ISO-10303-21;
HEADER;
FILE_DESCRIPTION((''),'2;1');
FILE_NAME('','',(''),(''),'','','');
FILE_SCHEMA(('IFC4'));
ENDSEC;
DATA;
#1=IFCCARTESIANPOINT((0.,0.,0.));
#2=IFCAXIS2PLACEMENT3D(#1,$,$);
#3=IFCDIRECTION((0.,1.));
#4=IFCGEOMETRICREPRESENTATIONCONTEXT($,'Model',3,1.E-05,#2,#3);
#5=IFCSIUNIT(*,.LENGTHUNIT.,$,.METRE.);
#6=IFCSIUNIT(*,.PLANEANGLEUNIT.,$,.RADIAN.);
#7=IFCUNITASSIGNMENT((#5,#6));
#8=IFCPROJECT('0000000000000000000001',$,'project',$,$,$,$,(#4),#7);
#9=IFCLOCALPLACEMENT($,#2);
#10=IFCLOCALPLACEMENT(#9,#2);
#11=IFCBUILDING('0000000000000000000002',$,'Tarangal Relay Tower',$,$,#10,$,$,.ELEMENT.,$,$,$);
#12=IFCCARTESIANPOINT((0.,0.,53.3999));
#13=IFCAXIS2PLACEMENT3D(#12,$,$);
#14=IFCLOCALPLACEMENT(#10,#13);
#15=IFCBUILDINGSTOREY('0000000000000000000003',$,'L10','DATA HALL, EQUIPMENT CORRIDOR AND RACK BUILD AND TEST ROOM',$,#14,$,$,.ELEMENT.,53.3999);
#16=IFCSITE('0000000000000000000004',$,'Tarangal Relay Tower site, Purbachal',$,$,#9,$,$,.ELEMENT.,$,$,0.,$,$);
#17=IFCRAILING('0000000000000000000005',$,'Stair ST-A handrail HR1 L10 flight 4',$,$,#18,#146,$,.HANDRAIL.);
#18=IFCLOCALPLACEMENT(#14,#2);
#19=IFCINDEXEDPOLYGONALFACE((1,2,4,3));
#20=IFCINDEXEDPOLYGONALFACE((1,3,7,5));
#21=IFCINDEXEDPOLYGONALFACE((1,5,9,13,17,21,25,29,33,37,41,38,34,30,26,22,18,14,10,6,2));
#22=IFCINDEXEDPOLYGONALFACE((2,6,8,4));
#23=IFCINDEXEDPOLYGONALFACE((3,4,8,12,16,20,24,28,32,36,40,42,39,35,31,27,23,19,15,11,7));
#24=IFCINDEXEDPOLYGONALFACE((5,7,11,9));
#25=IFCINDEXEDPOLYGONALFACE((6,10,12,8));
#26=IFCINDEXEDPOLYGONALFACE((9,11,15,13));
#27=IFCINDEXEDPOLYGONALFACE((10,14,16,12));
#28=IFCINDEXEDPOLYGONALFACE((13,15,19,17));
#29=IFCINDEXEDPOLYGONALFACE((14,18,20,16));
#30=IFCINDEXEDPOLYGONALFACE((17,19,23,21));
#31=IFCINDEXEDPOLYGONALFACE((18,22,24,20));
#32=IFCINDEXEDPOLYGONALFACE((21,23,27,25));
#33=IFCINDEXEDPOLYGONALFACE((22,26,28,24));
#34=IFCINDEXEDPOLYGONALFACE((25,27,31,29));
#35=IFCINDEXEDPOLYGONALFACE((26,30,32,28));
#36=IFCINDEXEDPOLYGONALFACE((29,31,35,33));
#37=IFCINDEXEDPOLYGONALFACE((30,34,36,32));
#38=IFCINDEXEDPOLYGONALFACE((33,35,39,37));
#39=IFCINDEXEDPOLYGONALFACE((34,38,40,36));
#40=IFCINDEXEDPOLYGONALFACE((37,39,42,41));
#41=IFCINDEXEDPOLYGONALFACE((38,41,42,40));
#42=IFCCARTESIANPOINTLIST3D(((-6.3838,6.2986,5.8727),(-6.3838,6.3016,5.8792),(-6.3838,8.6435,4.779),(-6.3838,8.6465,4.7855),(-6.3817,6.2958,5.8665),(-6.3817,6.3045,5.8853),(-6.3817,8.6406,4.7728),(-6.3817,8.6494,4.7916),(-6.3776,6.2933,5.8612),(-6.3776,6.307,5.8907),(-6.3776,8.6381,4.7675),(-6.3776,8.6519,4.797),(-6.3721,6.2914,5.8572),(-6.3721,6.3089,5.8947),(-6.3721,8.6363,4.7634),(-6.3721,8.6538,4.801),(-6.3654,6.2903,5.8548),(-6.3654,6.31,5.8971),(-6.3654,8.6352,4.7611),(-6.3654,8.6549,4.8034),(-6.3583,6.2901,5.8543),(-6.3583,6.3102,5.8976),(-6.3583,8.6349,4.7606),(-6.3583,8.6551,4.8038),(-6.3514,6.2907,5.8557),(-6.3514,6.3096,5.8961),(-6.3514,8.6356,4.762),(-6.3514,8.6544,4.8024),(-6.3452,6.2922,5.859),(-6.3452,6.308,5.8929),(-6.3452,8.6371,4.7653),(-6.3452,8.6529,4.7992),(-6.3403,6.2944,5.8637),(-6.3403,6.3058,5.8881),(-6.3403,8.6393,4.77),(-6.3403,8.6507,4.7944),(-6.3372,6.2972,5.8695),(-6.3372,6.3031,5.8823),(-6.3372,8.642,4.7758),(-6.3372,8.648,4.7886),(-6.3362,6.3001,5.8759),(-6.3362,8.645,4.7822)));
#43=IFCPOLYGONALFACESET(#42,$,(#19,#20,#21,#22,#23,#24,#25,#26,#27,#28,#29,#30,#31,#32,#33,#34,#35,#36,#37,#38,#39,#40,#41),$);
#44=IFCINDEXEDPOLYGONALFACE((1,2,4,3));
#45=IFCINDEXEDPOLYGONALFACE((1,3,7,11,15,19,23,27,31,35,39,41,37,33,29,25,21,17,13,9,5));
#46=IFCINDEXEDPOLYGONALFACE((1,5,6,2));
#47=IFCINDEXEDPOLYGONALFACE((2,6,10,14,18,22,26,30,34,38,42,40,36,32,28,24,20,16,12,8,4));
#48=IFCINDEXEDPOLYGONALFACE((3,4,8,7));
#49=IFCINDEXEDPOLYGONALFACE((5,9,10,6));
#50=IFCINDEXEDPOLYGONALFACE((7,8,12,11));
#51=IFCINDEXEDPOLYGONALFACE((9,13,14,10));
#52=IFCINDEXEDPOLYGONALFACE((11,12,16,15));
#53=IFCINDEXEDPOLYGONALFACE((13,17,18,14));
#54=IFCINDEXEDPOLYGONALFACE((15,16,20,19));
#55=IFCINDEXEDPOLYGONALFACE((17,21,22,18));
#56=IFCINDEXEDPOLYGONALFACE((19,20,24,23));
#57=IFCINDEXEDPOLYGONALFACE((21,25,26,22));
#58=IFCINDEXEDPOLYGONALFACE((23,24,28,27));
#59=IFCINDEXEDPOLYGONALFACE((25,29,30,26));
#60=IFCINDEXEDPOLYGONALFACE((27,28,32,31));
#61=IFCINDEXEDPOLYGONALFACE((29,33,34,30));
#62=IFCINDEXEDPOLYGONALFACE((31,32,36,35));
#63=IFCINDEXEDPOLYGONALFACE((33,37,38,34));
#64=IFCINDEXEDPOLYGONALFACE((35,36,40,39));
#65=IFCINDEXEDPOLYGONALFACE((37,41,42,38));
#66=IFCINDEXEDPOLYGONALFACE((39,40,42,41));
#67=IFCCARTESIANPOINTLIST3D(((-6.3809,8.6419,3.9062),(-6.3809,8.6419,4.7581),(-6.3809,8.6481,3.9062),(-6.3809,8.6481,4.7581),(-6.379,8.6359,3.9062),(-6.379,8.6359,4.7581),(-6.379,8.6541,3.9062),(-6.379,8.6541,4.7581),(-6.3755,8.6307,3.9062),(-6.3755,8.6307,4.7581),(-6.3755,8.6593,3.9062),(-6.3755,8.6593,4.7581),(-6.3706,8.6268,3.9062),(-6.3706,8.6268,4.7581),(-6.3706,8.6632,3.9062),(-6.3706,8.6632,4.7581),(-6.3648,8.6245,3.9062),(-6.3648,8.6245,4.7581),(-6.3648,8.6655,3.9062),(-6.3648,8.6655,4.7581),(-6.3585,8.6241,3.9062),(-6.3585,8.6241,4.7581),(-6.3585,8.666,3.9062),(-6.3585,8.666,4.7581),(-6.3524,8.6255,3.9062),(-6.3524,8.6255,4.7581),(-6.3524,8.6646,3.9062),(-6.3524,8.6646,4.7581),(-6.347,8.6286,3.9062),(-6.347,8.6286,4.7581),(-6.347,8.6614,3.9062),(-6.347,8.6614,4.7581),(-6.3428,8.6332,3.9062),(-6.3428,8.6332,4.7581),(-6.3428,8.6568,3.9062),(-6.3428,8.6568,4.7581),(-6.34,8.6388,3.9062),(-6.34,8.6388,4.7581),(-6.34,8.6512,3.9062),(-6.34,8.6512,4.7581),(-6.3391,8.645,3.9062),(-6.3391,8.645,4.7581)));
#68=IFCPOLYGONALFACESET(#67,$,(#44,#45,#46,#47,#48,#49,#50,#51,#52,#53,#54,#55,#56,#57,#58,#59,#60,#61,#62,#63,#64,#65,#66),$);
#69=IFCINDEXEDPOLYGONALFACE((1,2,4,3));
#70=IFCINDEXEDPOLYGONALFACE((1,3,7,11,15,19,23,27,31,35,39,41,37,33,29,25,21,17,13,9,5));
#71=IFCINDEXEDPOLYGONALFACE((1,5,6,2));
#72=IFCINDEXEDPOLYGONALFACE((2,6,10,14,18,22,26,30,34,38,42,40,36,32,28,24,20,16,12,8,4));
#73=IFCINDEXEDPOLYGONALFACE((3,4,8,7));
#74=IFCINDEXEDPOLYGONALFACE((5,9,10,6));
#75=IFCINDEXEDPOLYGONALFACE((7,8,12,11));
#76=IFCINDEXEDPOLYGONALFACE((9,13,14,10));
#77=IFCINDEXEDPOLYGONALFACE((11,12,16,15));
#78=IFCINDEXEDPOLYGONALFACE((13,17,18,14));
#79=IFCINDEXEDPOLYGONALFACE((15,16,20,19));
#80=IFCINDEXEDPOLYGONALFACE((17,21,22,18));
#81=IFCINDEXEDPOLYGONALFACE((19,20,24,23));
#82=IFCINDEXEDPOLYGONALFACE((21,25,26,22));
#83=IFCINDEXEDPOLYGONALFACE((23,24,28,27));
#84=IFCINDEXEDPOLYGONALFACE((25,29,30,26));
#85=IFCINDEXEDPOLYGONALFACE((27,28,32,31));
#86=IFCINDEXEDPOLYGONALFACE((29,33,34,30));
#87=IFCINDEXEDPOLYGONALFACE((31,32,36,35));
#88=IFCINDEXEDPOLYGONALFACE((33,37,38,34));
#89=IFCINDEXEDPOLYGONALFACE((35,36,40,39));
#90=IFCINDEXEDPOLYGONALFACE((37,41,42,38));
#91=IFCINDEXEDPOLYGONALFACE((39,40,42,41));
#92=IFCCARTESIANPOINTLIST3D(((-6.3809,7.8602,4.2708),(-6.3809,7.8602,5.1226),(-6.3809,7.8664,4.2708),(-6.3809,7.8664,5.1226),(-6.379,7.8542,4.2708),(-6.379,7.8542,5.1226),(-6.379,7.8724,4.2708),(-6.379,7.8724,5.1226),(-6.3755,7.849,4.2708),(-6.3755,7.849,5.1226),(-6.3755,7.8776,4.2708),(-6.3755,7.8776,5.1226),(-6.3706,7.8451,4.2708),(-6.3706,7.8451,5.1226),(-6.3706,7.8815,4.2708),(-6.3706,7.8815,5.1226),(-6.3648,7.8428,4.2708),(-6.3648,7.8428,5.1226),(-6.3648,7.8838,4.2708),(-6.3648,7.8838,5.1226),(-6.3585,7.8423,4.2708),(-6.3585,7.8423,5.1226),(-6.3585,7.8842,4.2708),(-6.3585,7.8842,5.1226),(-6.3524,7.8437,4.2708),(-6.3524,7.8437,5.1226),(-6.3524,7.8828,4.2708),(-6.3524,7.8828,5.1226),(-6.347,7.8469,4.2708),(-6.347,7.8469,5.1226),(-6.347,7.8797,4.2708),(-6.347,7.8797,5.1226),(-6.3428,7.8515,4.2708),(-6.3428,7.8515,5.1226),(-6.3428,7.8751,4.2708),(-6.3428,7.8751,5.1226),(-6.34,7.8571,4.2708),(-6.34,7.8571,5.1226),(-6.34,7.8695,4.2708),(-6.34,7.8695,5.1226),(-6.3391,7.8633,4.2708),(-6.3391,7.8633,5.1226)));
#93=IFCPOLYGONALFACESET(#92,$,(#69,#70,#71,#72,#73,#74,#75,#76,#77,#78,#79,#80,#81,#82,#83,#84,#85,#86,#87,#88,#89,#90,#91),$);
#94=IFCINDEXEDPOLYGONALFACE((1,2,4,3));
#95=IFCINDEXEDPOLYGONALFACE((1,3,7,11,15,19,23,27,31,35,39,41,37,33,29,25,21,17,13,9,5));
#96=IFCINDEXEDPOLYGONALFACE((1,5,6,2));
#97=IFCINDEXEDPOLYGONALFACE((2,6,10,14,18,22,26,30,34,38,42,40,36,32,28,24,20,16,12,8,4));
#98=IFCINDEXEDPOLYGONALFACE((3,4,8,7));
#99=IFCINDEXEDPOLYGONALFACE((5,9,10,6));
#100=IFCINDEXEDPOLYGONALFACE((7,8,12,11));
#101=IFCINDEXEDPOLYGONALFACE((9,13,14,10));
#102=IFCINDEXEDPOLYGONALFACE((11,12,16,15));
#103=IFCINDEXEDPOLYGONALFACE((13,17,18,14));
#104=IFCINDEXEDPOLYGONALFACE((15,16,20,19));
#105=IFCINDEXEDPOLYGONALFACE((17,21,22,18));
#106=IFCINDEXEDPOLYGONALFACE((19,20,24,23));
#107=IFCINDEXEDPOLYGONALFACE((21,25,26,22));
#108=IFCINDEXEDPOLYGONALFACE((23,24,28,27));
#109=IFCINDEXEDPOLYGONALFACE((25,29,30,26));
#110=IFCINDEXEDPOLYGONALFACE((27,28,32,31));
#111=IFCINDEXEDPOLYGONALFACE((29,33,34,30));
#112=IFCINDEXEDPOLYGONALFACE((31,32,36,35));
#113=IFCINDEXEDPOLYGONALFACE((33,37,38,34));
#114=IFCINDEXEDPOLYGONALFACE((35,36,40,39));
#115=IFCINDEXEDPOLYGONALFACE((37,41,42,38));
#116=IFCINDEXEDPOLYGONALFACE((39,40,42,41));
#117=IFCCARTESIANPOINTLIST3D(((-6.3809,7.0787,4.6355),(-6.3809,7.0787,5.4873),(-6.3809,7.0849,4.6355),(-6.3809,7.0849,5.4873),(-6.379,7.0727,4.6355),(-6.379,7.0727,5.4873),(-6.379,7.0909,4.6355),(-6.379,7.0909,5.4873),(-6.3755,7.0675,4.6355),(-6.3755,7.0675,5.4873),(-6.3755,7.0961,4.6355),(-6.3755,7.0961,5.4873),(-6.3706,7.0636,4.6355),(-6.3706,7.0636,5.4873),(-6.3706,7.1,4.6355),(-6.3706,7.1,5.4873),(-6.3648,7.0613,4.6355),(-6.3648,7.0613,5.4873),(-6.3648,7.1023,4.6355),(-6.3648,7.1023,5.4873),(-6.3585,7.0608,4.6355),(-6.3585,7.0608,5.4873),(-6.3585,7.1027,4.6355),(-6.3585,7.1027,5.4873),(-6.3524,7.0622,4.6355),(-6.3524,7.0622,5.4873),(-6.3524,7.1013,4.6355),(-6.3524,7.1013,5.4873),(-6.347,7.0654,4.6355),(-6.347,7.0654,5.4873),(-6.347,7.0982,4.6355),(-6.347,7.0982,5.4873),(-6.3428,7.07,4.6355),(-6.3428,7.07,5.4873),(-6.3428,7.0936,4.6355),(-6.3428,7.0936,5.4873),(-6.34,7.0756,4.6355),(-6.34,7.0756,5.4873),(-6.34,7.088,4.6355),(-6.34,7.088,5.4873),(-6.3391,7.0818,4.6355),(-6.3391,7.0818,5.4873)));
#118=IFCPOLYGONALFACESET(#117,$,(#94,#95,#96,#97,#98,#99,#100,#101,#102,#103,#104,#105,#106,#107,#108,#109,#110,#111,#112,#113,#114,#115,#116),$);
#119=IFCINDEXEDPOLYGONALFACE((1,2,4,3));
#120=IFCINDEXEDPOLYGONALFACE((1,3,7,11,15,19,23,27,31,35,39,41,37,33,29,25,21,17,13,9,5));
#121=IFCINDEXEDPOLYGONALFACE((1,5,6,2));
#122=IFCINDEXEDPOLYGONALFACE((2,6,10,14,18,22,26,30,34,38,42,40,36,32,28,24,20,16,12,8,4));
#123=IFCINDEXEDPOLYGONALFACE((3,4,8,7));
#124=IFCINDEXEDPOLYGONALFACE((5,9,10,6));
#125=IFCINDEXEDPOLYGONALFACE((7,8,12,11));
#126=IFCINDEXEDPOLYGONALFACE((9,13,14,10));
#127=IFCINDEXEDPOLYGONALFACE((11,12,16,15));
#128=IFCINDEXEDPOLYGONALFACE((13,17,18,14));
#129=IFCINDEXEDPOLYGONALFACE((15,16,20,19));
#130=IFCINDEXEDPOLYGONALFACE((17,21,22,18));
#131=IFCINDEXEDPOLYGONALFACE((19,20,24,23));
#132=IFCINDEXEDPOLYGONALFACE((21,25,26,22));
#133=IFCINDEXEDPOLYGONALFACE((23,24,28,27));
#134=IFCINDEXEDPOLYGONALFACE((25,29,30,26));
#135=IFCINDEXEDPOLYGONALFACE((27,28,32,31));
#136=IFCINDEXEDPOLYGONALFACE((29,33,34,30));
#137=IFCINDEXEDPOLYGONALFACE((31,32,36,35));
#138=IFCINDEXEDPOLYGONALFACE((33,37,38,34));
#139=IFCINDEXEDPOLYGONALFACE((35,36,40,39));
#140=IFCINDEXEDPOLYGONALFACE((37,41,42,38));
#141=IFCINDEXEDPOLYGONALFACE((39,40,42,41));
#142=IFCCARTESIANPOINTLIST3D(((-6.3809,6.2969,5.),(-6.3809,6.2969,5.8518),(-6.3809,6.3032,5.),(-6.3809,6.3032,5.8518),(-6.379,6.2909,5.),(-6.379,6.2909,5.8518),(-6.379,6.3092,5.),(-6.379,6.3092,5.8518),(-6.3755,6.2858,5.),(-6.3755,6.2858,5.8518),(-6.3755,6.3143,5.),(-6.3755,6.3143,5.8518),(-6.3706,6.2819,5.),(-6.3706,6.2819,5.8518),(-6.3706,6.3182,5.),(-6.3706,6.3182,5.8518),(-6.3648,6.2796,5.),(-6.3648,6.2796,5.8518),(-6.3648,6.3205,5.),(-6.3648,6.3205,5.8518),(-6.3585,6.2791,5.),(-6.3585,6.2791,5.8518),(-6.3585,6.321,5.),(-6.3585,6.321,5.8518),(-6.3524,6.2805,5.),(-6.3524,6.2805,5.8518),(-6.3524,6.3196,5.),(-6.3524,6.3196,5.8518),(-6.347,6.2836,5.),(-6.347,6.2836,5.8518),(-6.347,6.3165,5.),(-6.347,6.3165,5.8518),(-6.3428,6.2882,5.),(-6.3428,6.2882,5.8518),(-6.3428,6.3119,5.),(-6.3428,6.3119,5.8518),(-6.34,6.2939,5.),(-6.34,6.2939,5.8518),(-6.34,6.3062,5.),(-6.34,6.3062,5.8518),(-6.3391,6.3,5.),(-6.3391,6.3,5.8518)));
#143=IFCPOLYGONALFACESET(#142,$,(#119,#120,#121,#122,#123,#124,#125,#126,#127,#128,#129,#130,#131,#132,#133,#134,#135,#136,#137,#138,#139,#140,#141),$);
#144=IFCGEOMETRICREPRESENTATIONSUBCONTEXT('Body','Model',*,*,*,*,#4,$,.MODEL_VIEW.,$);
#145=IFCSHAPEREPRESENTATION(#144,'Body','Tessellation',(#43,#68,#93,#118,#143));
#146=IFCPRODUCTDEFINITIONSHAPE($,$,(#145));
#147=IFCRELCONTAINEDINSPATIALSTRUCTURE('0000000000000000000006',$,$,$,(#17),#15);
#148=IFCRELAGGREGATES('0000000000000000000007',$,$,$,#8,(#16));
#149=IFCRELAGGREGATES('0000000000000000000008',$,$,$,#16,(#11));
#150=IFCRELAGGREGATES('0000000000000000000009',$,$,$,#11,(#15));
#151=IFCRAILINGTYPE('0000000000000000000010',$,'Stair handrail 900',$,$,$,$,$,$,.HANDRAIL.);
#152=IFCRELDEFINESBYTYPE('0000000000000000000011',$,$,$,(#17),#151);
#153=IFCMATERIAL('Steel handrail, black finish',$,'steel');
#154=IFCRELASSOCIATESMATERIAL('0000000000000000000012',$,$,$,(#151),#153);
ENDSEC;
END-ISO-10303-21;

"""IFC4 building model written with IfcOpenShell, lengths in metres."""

from ifc_helpers import new_model, si_unit, direction, frame, origin, origin_2d, place, context, subcontext, project, spatial, circle, extrude, material, type_object, element, save


model = new_model("IFC4")

# Units and contexts
model_context = context("Model", 3, precision=1e-05, world=origin(), true_north=direction((0.0, 1.0)))
body_context = subcontext(model_context, "Body", "Model", "MODEL_VIEW")
ifc_project = project(units=[si_unit("LENGTHUNIT", "METRE"), si_unit("PLANEANGLEUNIT", "RADIAN")], contexts=[model_context])

# Site, building, storey
site_placement = place(None, origin())
site = spatial("IfcSite", under=ifc_project, at=site_placement, Name="Tarangal Relay Tower site, Purbachal", CompositionType="ELEMENT", RefElevation=0.0)
building_placement = place(site_placement, origin())
building = spatial("IfcBuilding", under=site, at=building_placement, Name="Tarangal Relay Tower", CompositionType="ELEMENT")
storey_placement = place(building_placement, frame((0.0, 0.0, 53.3999)))
storey = spatial("IfcBuildingStorey", under=building, at=storey_placement, Name="L10", Description="DATA HALL, EQUIPMENT CORRIDOR AND RACK BUILD AND TEST ROOM", CompositionType="ELEMENT", Elevation=53.3999)

# Railing
ifc_material_1 = material(Name="Steel handrail, black finish", Category="steel")
railing_type_1 = type_object("IfcRailingType", Name="Stair handrail 900", PredefinedType="HANDRAIL", material=ifc_material_1)
for number, where, name in (
    (1, (-6.3601, 8.645, 3.9062), "Stair ST-A handrail HR1 L10 flight 4"),
):
    element("IfcRailing", number, at=place(storey_placement, frame(where)), inside=storey, type_object=railing_type_1, Name=name, PredefinedType="HANDRAIL", context=body_context, shape_type="SweptSolid", body=[
        extrude(circle(Radius=0.0239, at=origin_2d()), frame((0.0, 0.0, 0.876), z_axis=(0.0, -0.906267, 0.422705), x_axis=(1.0, 0.0, 0.0)), (0.0, 0.0, 1.0), 2.5874),
        extrude(circle(Radius=0.021, at=origin_2d()), origin(), (0.0, 0.0, 1.0), 0.8518),
        extrude(circle(Radius=0.021, at=origin_2d()), frame((0.0, -0.7817, 0.3645)), (0.0, 0.0, 1.0), 0.8518),
        extrude(circle(Radius=0.021, at=origin_2d()), frame((0.0, -1.5632, 0.7292)), (0.0, 0.0, 1.0), 0.8518),
        extrude(circle(Radius=0.021, at=origin_2d()), frame((0.0, -2.345, 1.0938)), (0.0, 0.0, 1.0), 0.8518),
    ])

save(model, "model.ifc")
